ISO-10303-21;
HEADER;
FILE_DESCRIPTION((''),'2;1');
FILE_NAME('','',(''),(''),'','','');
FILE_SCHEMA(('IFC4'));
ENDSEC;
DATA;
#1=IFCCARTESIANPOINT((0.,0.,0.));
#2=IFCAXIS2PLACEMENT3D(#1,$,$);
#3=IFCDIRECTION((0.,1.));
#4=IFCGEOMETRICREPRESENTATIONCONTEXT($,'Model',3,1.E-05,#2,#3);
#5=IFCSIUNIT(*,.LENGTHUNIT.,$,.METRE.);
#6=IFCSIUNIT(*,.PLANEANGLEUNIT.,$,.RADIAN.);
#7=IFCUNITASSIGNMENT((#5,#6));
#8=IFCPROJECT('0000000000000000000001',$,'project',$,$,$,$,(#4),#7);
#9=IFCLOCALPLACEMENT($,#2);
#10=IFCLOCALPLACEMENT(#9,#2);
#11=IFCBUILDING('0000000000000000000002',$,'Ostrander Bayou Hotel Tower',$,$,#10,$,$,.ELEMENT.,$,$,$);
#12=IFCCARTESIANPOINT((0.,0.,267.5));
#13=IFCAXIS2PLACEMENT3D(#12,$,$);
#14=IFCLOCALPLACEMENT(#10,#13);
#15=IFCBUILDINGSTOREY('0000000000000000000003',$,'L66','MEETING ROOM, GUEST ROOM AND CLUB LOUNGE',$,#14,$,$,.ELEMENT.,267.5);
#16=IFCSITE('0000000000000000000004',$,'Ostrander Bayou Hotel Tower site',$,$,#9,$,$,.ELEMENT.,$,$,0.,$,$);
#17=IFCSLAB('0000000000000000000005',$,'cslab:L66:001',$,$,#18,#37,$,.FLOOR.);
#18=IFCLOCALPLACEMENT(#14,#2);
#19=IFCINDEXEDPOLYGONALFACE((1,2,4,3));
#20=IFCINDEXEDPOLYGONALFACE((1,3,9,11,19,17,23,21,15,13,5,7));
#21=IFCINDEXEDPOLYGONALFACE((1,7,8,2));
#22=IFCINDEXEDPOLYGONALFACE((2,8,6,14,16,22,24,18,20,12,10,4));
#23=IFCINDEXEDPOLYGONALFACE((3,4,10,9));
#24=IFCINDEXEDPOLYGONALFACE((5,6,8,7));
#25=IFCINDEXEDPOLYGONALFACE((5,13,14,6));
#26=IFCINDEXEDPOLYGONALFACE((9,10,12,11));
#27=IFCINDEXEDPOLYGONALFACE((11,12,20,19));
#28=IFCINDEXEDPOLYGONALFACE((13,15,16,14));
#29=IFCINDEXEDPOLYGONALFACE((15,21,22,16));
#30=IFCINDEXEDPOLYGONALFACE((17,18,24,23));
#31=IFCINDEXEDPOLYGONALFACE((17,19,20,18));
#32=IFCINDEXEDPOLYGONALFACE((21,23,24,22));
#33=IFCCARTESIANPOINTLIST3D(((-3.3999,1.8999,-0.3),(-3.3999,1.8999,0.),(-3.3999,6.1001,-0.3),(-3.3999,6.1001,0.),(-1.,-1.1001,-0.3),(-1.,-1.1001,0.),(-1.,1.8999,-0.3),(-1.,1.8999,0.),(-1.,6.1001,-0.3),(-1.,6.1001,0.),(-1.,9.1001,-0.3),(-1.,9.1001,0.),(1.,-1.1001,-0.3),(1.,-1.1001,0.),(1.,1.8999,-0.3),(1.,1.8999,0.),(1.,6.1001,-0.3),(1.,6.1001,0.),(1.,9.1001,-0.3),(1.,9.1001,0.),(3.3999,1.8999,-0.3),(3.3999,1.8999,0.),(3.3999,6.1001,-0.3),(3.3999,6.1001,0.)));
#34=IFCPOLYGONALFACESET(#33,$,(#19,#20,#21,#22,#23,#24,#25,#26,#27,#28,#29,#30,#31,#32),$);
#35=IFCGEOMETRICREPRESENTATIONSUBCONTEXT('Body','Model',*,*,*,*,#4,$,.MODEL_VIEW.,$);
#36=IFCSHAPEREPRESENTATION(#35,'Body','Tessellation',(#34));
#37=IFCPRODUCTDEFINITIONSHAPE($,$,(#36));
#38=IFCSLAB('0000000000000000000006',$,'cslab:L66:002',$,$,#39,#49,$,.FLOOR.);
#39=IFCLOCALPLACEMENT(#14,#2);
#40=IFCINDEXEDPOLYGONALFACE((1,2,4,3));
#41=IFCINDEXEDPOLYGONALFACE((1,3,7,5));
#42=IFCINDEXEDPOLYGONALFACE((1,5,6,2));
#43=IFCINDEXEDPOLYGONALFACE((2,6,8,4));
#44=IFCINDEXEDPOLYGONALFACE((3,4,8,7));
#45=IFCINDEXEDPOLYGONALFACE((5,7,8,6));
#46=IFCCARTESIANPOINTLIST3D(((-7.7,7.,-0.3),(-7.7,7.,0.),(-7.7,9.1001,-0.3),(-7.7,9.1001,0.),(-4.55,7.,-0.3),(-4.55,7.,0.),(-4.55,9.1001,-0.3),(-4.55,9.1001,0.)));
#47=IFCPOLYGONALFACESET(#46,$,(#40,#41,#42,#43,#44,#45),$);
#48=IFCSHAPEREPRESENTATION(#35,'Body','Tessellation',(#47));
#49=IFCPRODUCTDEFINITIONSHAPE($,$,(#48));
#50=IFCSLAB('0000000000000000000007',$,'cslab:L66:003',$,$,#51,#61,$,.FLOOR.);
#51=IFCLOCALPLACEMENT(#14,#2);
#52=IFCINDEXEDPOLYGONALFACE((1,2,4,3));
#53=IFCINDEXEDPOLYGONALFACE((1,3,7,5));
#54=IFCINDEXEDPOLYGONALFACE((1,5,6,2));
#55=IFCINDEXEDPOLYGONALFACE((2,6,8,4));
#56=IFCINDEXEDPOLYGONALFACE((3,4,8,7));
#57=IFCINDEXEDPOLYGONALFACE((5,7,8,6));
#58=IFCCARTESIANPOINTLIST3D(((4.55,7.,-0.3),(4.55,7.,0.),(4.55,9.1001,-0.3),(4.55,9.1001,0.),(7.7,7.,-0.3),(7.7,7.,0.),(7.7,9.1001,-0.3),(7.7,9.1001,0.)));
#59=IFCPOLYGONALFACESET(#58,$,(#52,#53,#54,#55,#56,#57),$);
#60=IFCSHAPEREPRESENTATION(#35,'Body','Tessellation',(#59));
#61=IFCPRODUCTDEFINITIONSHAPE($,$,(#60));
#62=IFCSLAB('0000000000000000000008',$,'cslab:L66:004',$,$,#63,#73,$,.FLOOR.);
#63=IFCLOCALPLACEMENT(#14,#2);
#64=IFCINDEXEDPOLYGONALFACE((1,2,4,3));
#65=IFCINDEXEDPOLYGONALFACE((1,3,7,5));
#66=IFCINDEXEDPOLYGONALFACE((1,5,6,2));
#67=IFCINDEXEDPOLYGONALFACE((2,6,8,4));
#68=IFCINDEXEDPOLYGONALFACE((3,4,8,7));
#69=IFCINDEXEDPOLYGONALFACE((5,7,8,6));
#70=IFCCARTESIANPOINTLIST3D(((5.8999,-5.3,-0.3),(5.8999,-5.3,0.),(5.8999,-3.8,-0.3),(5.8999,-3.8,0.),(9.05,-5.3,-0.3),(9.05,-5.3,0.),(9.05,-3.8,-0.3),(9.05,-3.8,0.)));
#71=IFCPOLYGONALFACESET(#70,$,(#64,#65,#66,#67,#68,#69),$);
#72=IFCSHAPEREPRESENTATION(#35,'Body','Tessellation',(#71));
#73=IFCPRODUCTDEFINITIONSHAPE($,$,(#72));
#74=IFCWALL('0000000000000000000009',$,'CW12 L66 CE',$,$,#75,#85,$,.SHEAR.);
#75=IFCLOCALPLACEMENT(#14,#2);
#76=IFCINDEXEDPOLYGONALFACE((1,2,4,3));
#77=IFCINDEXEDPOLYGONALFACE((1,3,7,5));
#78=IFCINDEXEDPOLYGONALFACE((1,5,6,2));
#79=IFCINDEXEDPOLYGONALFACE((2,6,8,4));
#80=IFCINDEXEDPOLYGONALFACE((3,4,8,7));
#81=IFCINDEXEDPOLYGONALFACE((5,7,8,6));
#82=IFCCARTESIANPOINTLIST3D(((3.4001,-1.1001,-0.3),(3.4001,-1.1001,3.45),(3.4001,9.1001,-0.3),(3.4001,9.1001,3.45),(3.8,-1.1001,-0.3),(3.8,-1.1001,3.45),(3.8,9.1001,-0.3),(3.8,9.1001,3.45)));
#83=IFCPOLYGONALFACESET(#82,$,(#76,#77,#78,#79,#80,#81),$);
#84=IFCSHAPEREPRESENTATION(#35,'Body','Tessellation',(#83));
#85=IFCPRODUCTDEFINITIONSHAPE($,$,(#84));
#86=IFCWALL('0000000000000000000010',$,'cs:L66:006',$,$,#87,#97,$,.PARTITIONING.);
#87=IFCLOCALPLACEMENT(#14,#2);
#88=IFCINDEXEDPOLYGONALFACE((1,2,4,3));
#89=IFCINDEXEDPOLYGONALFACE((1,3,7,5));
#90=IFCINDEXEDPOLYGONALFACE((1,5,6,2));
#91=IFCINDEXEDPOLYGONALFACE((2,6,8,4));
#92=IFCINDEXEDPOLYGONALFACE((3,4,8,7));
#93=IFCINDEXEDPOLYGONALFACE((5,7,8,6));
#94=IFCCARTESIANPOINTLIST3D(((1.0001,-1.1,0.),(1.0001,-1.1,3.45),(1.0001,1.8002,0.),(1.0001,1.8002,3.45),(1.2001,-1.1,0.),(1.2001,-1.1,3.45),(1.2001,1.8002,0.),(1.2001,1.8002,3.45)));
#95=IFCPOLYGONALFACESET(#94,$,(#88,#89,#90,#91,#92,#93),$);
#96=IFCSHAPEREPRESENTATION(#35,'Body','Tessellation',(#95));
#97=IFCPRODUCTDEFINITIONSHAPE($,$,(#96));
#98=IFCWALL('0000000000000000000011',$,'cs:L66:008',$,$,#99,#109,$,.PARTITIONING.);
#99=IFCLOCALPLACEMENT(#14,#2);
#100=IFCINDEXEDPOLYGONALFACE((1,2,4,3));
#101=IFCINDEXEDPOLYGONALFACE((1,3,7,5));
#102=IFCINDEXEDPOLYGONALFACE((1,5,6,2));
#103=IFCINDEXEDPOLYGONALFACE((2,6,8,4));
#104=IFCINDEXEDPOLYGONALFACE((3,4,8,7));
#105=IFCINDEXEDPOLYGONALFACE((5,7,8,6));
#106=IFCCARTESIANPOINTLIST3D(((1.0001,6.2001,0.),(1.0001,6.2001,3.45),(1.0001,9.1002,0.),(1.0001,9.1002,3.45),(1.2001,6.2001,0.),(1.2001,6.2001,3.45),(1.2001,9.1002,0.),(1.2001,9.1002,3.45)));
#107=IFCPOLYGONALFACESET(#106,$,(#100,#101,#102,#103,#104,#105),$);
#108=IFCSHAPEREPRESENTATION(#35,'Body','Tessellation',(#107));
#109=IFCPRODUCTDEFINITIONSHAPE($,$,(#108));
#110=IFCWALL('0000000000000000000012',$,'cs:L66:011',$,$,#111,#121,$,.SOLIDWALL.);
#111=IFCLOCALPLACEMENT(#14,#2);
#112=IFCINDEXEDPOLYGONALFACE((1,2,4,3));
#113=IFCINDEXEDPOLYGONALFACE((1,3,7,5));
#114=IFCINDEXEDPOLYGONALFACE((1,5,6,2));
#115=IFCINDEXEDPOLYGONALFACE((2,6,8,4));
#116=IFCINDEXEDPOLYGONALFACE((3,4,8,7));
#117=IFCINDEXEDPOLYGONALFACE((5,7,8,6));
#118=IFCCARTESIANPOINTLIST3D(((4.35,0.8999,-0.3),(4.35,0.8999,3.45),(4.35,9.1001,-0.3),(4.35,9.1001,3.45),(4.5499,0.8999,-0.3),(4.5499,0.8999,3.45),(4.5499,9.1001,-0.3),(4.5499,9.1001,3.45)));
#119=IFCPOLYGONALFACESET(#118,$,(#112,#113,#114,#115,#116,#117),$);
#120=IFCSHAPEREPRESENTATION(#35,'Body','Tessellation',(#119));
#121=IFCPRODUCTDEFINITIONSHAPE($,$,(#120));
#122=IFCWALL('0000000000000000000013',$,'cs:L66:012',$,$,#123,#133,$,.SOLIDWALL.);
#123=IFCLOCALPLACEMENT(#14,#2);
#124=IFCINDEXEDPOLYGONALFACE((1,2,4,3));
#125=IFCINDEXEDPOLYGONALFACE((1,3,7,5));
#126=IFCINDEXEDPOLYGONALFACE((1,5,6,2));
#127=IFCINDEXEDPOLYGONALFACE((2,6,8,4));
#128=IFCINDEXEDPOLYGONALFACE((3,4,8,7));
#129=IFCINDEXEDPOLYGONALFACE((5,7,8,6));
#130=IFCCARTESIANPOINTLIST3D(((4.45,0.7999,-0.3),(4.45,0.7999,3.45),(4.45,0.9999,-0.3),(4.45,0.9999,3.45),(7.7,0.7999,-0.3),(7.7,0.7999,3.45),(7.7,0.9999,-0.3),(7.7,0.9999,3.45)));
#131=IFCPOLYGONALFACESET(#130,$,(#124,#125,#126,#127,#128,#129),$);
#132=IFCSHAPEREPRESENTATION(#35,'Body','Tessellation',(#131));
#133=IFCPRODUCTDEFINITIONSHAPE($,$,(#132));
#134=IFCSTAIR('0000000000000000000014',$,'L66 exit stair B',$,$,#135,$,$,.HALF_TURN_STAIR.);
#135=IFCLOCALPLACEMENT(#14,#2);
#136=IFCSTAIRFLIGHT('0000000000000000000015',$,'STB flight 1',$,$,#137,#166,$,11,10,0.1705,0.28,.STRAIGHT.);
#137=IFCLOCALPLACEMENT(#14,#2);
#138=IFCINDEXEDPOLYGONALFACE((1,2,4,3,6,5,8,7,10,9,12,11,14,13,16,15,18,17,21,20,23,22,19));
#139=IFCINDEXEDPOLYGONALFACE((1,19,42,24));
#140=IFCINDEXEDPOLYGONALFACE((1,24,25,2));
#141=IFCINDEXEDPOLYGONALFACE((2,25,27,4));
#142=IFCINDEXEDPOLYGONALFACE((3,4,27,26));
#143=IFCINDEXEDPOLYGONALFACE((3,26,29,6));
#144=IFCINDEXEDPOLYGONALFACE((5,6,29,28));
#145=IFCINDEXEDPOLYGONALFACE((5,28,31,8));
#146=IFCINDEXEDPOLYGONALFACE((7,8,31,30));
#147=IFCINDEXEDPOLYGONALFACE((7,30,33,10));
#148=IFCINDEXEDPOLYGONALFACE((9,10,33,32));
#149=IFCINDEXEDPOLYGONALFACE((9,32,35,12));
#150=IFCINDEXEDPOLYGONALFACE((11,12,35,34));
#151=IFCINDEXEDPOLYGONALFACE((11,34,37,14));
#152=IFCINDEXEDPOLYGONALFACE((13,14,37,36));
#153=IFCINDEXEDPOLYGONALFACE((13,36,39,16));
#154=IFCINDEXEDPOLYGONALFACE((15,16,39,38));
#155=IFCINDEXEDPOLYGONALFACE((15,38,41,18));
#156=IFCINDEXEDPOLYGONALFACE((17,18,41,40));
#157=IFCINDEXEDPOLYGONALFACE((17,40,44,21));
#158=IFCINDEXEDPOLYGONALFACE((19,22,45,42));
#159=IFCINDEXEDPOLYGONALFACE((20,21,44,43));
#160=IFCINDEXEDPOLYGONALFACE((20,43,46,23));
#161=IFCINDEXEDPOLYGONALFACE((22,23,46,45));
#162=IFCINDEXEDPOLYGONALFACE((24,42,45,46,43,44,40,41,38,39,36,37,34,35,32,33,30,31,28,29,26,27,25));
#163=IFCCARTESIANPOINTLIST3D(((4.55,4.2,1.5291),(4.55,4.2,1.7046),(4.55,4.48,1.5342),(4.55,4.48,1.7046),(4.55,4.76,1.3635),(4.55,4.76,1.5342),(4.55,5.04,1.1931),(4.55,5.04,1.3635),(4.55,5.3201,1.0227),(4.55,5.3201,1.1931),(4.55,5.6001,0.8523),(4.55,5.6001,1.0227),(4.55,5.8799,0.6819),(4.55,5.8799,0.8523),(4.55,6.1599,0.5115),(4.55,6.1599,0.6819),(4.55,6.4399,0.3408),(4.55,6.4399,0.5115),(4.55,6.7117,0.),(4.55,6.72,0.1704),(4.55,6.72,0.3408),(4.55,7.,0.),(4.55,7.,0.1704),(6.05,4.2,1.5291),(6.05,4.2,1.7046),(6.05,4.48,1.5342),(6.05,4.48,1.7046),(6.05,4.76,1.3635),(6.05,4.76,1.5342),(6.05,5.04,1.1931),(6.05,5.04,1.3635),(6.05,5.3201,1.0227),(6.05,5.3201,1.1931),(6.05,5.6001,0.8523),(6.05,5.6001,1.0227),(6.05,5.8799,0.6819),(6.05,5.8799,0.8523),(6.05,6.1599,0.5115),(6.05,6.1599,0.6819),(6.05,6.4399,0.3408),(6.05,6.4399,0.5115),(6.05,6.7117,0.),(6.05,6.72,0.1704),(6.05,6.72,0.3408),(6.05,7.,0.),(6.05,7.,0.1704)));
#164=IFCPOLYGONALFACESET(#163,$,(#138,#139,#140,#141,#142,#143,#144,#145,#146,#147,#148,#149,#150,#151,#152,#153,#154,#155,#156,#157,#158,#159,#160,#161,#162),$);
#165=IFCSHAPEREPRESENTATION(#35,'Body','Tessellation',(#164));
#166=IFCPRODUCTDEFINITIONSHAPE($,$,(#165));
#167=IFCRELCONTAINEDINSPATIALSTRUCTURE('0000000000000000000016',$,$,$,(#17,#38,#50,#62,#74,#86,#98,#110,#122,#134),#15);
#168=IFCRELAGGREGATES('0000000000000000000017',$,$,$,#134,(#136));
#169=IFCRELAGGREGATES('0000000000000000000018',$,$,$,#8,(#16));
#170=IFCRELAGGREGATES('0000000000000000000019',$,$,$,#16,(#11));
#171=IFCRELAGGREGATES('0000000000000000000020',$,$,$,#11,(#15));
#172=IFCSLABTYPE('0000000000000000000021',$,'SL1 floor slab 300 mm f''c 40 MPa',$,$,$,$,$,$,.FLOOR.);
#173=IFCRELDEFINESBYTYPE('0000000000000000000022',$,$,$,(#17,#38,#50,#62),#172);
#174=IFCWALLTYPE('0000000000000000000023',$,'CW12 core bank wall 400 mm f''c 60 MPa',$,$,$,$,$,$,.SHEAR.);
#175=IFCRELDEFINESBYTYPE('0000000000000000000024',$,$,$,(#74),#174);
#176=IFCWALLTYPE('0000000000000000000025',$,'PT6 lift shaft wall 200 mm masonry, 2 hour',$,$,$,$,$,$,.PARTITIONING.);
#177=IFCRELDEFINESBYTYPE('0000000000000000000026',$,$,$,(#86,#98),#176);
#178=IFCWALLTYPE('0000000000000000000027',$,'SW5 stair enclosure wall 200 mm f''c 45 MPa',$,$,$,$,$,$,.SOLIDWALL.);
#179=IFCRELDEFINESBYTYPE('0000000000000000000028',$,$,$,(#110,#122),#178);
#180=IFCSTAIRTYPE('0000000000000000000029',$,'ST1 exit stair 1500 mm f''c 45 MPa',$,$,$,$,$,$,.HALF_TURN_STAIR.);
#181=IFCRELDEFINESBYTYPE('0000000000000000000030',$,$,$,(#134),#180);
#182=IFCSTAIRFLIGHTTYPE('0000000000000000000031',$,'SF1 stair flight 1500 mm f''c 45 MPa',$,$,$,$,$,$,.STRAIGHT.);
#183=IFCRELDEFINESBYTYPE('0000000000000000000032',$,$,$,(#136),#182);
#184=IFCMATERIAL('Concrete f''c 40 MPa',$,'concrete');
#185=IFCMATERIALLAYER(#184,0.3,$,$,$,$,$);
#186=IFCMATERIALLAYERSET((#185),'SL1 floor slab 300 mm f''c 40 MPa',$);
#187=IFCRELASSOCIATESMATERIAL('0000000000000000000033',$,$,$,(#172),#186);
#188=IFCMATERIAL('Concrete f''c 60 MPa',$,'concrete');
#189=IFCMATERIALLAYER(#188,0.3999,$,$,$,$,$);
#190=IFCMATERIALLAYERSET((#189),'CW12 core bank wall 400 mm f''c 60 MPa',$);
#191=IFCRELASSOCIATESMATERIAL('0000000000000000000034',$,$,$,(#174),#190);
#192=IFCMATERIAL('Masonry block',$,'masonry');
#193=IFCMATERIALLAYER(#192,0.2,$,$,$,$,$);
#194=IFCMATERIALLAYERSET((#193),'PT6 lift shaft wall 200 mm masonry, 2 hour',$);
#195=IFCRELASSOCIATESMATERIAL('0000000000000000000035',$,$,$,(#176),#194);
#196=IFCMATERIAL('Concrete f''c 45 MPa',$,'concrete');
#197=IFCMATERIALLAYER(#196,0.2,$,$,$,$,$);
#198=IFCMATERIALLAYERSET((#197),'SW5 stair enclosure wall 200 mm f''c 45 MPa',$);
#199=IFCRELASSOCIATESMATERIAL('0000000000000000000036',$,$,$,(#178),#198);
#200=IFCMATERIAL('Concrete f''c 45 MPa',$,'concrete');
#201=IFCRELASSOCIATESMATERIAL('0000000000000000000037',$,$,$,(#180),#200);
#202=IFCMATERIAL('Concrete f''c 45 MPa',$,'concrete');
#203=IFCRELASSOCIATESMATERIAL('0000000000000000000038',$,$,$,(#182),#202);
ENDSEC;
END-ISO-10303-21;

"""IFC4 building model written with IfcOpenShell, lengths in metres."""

from ifc_helpers import new_model, si_unit, direction, frame, frame_2d, origin, place, context, subcontext, project, spatial, polyline, rectangle, outline, extrude, material, layer, layer_set, type_object, element, aggregate, save


model = new_model("IFC4")

# Units and contexts
model_context = context("Model", 3, precision=1e-05, world=origin(), true_north=direction((0.0, 1.0)))
body_context = subcontext(model_context, "Body", "Model", "MODEL_VIEW")
ifc_project = project(units=[si_unit("LENGTHUNIT", "METRE"), si_unit("PLANEANGLEUNIT", "RADIAN")], contexts=[model_context])

# Site, building, storey
site_placement = place(None, origin())
site = spatial("IfcSite", under=ifc_project, at=site_placement, Name="Ostrander Bayou Hotel Tower site", CompositionType="ELEMENT", RefElevation=0.0)
building_placement = place(site_placement, origin())
building = spatial("IfcBuilding", under=site, at=building_placement, Name="Ostrander Bayou Hotel Tower", CompositionType="ELEMENT")
storey_placement = place(building_placement, frame((0.0, 0.0, 267.5)))
storey = spatial("IfcBuildingStorey", under=building, at=storey_placement, Name="L66", Description="MEETING ROOM, GUEST ROOM AND CLUB LOUNGE", CompositionType="ELEMENT", Elevation=267.5)

# Slabs
ifc_material_1 = material(Name="Concrete f'c 40 MPa", Category="concrete")
ifc_layer_1 = layer(ifc_material_1, 0.3)
ifc_layer_set_1 = layer_set([ifc_layer_1], Name="SL1 floor slab 300 mm f'c 40 MPa")
slab_type = type_object("IfcSlabType", Name="SL1 floor slab 300 mm f'c 40 MPa", PredefinedType="FLOOR", material=ifc_layer_set_1)
slab_1_placement = place(storey_placement, frame((0.0, 0.0, -0.3)))
element("IfcSlab", 1, at=slab_1_placement, inside=storey, type_object=slab_type, Name="cslab:L66:001", PredefinedType="FLOOR", context=body_context, shape_type="SweptSolid", body=[
    extrude(outline(polyline([(-3.3999, 6.1001), (-1.0, 6.1001), (-1.0, 9.1001), (1.0, 9.1001), (1.0, 6.1001), (3.3999, 6.1001), (3.3999, 1.8999), (1.0, 1.8999), (1.0, -1.1001), (-1.0, -1.1001), (-1.0, 1.8999), (-3.3999, 1.8999), (-3.3999, 6.1001)])), origin(), (0.0, 0.0, 1.0), 0.3),
])
slab_2_placement = place(storey_placement, frame((0.0, 0.0, -0.3)))
element("IfcSlab", 2, at=slab_2_placement, inside=storey, type_object=slab_type, Name="cslab:L66:002", PredefinedType="FLOOR", context=body_context, shape_type="SweptSolid", body=[
    extrude(outline(polyline([(-4.55, 7.0), (-4.55, 9.1001), (-7.7, 9.1001), (-7.7, 7.0), (-4.55, 7.0)])), origin(), (0.0, 0.0, 1.0), 0.3),
])
slab_3_placement = place(storey_placement, frame((0.0, 0.0, -0.3)))
element("IfcSlab", 3, at=slab_3_placement, inside=storey, type_object=slab_type, Name="cslab:L66:003", PredefinedType="FLOOR", context=body_context, shape_type="SweptSolid", body=[
    extrude(outline(polyline([(7.7, 7.0), (7.7, 9.1001), (4.55, 9.1001), (4.55, 7.0), (7.7, 7.0)])), origin(), (0.0, 0.0, 1.0), 0.3),
])
slab_4_placement = place(storey_placement, frame((0.0, 0.0, -0.3)))
element("IfcSlab", 4, at=slab_4_placement, inside=storey, type_object=slab_type, Name="cslab:L66:004", PredefinedType="FLOOR", context=body_context, shape_type="SweptSolid", body=[
    extrude(outline(polyline([(9.05, -5.3), (9.05, -3.8), (5.8999, -3.8), (5.8999, -5.3), (9.05, -5.3)])), origin(), (0.0, 0.0, 1.0), 0.3),
])

# Wall
ifc_material_2 = material(Name="Concrete f'c 60 MPa", Category="concrete")
ifc_layer_2 = layer(ifc_material_2, 0.3999)
ifc_layer_set_2 = layer_set([ifc_layer_2], Name="CW12 core bank wall 400 mm f'c 60 MPa")
wall_type_1 = type_object("IfcWallType", Name="CW12 core bank wall 400 mm f'c 60 MPa", PredefinedType="SHEAR", material=ifc_layer_set_2)
wall_1_placement = place(storey_placement, frame((3.6001, -1.1001, -0.3), z_axis=(0.0, 0.0, 1.0), x_axis=(0.0, 1.0, 0.0)))
element("IfcWall", 5, at=wall_1_placement, inside=storey, type_object=wall_type_1, Name="CW12 L66 CE", PredefinedType="SHEAR", context=body_context, shape_type="SweptSolid", body=[
    extrude(rectangle(XDim=10.2002, YDim=0.3999, at=frame_2d((5.1001, 0.0))), origin(), (0.0, 0.0, 1.0), 3.75),
])

# Shared definitions
ifc_material_3 = material(Name="Masonry block", Category="masonry")
ifc_layer_3 = layer(ifc_material_3, 0.2)
ifc_layer_set_3 = layer_set([ifc_layer_3], Name="PT6 lift shaft wall 200 mm masonry, 2 hour")
wall_type_2 = type_object("IfcWallType", Name="PT6 lift shaft wall 200 mm masonry, 2 hour", PredefinedType="PARTITIONING", material=ifc_layer_set_3)

# Walls
for number, where, z_axis, x_axis, name in (
    (6, (1.1001, -1.1001, 0.0), (0.0, 0.0, 1.0), (0.0, 1.0, 0.0), "cs:L66:006"),
    (7, (1.1001, 6.2, 0.0), (0.0, 0.0, 1.0), (0.0, 1.0, 0.0), "cs:L66:008"),
):
    element("IfcWall", number, at=place(storey_placement, frame(where, z_axis=z_axis, x_axis=x_axis)), inside=storey, type_object=wall_type_2, Name=name, PredefinedType="PARTITIONING", context=body_context, shape_type="SweptSolid", body=[
        extrude(rectangle(XDim=2.9001, YDim=0.2, at=frame_2d((1.4502, 0.0))), origin(), (0.0, 0.0, 1.0), 3.45),
    ])
ifc_material_4 = material(Name="Concrete f'c 45 MPa", Category="concrete")
ifc_layer_4 = layer(ifc_material_4, 0.2)
ifc_layer_set_4 = layer_set([ifc_layer_4], Name="SW5 stair enclosure wall 200 mm f'c 45 MPa")
wall_type_3 = type_object("IfcWallType", Name="SW5 stair enclosure wall 200 mm f'c 45 MPa", PredefinedType="SOLIDWALL", material=ifc_layer_set_4)
wall_2_placement = place(storey_placement, frame((4.45, 0.8999, -0.3), z_axis=(0.0, 0.0, 1.0), x_axis=(0.0, 1.0, 0.0)))
element("IfcWall", 8, at=wall_2_placement, inside=storey, type_object=wall_type_3, Name="cs:L66:011", PredefinedType="SOLIDWALL", context=body_context, shape_type="SweptSolid", body=[
    extrude(rectangle(XDim=8.2002, YDim=0.2, at=frame_2d((4.1001, 0.0))), origin(), (0.0, 0.0, 1.0), 3.75),
])
wall_3_placement = place(storey_placement, frame((4.45, 0.8999, -0.3), z_axis=(0.0, 0.0, 1.0), x_axis=(1.0, 0.0, 0.0)))
element("IfcWall", 9, at=wall_3_placement, inside=storey, type_object=wall_type_3, Name="cs:L66:012", PredefinedType="SOLIDWALL", context=body_context, shape_type="SweptSolid", body=[
    extrude(rectangle(XDim=3.25, YDim=0.2, at=frame_2d((1.625, 0.0))), origin(), (0.0, 0.0, 1.0), 3.75),
])

# Stair, stair flight
ifc_material_5 = material(Name="Concrete f'c 45 MPa", Category="concrete")
stair_type = type_object("IfcStairType", Name="ST1 exit stair 1500 mm f'c 45 MPa", PredefinedType="HALF_TURN_STAIR", material=ifc_material_5)
stair_placement = place(storey_placement, origin())
stair = element("IfcStair", 10, at=stair_placement, inside=storey, type_object=stair_type, Name="L66 exit stair B", PredefinedType="HALF_TURN_STAIR")
ifc_material_6 = material(Name="Concrete f'c 45 MPa", Category="concrete")
stair_flight_type = type_object("IfcStairFlightType", Name="SF1 stair flight 1500 mm f'c 45 MPa", PredefinedType="STRAIGHT", material=ifc_material_6)
stair_flight_placement = place(storey_placement, frame((5.3, 7.0, 0.0), z_axis=(0.0, 0.0, 1.0), x_axis=(0.0, -1.0, 0.0)))
stair_flight = element("IfcStairFlight", 11, at=stair_flight_placement, type_object=stair_flight_type, Name="STB flight 1", NumberOfRisers=11, NumberOfTreads=10, PredefinedType="STRAIGHT", RiserHeight=0.1705, TreadLength=0.28, context=body_context, shape_type="SweptSolid", body=[
    extrude(outline(polyline([(0.0, 0.0), (0.0, 0.1704), (0.28, 0.1704), (0.28, 0.3408), (0.5601, 0.3408), (0.5601, 0.5115), (0.8401, 0.5115), (0.8401, 0.6819), (1.1201, 0.6819), (1.1201, 0.8523), (1.3999, 0.8523), (1.3999, 1.0227), (1.6799, 1.0227), (1.6799, 1.1931), (1.96, 1.1931), (1.96, 1.3635), (2.24, 1.3635), (2.24, 1.5342), (2.52, 1.5342), (2.52, 1.7046), (2.8, 1.7046), (2.8, 1.875), (2.8, 1.5291), (0.2883, 0.0), (0.0, 0.0)])), frame((0.0, 0.75, 0.0), z_axis=(0.0, -1.0, 0.0), x_axis=(1.0, 0.0, 0.0)), (0.0, 0.0, 1.0), 1.5),
])
aggregate(stair, [stair_flight])

save(model, "model.ifc")
